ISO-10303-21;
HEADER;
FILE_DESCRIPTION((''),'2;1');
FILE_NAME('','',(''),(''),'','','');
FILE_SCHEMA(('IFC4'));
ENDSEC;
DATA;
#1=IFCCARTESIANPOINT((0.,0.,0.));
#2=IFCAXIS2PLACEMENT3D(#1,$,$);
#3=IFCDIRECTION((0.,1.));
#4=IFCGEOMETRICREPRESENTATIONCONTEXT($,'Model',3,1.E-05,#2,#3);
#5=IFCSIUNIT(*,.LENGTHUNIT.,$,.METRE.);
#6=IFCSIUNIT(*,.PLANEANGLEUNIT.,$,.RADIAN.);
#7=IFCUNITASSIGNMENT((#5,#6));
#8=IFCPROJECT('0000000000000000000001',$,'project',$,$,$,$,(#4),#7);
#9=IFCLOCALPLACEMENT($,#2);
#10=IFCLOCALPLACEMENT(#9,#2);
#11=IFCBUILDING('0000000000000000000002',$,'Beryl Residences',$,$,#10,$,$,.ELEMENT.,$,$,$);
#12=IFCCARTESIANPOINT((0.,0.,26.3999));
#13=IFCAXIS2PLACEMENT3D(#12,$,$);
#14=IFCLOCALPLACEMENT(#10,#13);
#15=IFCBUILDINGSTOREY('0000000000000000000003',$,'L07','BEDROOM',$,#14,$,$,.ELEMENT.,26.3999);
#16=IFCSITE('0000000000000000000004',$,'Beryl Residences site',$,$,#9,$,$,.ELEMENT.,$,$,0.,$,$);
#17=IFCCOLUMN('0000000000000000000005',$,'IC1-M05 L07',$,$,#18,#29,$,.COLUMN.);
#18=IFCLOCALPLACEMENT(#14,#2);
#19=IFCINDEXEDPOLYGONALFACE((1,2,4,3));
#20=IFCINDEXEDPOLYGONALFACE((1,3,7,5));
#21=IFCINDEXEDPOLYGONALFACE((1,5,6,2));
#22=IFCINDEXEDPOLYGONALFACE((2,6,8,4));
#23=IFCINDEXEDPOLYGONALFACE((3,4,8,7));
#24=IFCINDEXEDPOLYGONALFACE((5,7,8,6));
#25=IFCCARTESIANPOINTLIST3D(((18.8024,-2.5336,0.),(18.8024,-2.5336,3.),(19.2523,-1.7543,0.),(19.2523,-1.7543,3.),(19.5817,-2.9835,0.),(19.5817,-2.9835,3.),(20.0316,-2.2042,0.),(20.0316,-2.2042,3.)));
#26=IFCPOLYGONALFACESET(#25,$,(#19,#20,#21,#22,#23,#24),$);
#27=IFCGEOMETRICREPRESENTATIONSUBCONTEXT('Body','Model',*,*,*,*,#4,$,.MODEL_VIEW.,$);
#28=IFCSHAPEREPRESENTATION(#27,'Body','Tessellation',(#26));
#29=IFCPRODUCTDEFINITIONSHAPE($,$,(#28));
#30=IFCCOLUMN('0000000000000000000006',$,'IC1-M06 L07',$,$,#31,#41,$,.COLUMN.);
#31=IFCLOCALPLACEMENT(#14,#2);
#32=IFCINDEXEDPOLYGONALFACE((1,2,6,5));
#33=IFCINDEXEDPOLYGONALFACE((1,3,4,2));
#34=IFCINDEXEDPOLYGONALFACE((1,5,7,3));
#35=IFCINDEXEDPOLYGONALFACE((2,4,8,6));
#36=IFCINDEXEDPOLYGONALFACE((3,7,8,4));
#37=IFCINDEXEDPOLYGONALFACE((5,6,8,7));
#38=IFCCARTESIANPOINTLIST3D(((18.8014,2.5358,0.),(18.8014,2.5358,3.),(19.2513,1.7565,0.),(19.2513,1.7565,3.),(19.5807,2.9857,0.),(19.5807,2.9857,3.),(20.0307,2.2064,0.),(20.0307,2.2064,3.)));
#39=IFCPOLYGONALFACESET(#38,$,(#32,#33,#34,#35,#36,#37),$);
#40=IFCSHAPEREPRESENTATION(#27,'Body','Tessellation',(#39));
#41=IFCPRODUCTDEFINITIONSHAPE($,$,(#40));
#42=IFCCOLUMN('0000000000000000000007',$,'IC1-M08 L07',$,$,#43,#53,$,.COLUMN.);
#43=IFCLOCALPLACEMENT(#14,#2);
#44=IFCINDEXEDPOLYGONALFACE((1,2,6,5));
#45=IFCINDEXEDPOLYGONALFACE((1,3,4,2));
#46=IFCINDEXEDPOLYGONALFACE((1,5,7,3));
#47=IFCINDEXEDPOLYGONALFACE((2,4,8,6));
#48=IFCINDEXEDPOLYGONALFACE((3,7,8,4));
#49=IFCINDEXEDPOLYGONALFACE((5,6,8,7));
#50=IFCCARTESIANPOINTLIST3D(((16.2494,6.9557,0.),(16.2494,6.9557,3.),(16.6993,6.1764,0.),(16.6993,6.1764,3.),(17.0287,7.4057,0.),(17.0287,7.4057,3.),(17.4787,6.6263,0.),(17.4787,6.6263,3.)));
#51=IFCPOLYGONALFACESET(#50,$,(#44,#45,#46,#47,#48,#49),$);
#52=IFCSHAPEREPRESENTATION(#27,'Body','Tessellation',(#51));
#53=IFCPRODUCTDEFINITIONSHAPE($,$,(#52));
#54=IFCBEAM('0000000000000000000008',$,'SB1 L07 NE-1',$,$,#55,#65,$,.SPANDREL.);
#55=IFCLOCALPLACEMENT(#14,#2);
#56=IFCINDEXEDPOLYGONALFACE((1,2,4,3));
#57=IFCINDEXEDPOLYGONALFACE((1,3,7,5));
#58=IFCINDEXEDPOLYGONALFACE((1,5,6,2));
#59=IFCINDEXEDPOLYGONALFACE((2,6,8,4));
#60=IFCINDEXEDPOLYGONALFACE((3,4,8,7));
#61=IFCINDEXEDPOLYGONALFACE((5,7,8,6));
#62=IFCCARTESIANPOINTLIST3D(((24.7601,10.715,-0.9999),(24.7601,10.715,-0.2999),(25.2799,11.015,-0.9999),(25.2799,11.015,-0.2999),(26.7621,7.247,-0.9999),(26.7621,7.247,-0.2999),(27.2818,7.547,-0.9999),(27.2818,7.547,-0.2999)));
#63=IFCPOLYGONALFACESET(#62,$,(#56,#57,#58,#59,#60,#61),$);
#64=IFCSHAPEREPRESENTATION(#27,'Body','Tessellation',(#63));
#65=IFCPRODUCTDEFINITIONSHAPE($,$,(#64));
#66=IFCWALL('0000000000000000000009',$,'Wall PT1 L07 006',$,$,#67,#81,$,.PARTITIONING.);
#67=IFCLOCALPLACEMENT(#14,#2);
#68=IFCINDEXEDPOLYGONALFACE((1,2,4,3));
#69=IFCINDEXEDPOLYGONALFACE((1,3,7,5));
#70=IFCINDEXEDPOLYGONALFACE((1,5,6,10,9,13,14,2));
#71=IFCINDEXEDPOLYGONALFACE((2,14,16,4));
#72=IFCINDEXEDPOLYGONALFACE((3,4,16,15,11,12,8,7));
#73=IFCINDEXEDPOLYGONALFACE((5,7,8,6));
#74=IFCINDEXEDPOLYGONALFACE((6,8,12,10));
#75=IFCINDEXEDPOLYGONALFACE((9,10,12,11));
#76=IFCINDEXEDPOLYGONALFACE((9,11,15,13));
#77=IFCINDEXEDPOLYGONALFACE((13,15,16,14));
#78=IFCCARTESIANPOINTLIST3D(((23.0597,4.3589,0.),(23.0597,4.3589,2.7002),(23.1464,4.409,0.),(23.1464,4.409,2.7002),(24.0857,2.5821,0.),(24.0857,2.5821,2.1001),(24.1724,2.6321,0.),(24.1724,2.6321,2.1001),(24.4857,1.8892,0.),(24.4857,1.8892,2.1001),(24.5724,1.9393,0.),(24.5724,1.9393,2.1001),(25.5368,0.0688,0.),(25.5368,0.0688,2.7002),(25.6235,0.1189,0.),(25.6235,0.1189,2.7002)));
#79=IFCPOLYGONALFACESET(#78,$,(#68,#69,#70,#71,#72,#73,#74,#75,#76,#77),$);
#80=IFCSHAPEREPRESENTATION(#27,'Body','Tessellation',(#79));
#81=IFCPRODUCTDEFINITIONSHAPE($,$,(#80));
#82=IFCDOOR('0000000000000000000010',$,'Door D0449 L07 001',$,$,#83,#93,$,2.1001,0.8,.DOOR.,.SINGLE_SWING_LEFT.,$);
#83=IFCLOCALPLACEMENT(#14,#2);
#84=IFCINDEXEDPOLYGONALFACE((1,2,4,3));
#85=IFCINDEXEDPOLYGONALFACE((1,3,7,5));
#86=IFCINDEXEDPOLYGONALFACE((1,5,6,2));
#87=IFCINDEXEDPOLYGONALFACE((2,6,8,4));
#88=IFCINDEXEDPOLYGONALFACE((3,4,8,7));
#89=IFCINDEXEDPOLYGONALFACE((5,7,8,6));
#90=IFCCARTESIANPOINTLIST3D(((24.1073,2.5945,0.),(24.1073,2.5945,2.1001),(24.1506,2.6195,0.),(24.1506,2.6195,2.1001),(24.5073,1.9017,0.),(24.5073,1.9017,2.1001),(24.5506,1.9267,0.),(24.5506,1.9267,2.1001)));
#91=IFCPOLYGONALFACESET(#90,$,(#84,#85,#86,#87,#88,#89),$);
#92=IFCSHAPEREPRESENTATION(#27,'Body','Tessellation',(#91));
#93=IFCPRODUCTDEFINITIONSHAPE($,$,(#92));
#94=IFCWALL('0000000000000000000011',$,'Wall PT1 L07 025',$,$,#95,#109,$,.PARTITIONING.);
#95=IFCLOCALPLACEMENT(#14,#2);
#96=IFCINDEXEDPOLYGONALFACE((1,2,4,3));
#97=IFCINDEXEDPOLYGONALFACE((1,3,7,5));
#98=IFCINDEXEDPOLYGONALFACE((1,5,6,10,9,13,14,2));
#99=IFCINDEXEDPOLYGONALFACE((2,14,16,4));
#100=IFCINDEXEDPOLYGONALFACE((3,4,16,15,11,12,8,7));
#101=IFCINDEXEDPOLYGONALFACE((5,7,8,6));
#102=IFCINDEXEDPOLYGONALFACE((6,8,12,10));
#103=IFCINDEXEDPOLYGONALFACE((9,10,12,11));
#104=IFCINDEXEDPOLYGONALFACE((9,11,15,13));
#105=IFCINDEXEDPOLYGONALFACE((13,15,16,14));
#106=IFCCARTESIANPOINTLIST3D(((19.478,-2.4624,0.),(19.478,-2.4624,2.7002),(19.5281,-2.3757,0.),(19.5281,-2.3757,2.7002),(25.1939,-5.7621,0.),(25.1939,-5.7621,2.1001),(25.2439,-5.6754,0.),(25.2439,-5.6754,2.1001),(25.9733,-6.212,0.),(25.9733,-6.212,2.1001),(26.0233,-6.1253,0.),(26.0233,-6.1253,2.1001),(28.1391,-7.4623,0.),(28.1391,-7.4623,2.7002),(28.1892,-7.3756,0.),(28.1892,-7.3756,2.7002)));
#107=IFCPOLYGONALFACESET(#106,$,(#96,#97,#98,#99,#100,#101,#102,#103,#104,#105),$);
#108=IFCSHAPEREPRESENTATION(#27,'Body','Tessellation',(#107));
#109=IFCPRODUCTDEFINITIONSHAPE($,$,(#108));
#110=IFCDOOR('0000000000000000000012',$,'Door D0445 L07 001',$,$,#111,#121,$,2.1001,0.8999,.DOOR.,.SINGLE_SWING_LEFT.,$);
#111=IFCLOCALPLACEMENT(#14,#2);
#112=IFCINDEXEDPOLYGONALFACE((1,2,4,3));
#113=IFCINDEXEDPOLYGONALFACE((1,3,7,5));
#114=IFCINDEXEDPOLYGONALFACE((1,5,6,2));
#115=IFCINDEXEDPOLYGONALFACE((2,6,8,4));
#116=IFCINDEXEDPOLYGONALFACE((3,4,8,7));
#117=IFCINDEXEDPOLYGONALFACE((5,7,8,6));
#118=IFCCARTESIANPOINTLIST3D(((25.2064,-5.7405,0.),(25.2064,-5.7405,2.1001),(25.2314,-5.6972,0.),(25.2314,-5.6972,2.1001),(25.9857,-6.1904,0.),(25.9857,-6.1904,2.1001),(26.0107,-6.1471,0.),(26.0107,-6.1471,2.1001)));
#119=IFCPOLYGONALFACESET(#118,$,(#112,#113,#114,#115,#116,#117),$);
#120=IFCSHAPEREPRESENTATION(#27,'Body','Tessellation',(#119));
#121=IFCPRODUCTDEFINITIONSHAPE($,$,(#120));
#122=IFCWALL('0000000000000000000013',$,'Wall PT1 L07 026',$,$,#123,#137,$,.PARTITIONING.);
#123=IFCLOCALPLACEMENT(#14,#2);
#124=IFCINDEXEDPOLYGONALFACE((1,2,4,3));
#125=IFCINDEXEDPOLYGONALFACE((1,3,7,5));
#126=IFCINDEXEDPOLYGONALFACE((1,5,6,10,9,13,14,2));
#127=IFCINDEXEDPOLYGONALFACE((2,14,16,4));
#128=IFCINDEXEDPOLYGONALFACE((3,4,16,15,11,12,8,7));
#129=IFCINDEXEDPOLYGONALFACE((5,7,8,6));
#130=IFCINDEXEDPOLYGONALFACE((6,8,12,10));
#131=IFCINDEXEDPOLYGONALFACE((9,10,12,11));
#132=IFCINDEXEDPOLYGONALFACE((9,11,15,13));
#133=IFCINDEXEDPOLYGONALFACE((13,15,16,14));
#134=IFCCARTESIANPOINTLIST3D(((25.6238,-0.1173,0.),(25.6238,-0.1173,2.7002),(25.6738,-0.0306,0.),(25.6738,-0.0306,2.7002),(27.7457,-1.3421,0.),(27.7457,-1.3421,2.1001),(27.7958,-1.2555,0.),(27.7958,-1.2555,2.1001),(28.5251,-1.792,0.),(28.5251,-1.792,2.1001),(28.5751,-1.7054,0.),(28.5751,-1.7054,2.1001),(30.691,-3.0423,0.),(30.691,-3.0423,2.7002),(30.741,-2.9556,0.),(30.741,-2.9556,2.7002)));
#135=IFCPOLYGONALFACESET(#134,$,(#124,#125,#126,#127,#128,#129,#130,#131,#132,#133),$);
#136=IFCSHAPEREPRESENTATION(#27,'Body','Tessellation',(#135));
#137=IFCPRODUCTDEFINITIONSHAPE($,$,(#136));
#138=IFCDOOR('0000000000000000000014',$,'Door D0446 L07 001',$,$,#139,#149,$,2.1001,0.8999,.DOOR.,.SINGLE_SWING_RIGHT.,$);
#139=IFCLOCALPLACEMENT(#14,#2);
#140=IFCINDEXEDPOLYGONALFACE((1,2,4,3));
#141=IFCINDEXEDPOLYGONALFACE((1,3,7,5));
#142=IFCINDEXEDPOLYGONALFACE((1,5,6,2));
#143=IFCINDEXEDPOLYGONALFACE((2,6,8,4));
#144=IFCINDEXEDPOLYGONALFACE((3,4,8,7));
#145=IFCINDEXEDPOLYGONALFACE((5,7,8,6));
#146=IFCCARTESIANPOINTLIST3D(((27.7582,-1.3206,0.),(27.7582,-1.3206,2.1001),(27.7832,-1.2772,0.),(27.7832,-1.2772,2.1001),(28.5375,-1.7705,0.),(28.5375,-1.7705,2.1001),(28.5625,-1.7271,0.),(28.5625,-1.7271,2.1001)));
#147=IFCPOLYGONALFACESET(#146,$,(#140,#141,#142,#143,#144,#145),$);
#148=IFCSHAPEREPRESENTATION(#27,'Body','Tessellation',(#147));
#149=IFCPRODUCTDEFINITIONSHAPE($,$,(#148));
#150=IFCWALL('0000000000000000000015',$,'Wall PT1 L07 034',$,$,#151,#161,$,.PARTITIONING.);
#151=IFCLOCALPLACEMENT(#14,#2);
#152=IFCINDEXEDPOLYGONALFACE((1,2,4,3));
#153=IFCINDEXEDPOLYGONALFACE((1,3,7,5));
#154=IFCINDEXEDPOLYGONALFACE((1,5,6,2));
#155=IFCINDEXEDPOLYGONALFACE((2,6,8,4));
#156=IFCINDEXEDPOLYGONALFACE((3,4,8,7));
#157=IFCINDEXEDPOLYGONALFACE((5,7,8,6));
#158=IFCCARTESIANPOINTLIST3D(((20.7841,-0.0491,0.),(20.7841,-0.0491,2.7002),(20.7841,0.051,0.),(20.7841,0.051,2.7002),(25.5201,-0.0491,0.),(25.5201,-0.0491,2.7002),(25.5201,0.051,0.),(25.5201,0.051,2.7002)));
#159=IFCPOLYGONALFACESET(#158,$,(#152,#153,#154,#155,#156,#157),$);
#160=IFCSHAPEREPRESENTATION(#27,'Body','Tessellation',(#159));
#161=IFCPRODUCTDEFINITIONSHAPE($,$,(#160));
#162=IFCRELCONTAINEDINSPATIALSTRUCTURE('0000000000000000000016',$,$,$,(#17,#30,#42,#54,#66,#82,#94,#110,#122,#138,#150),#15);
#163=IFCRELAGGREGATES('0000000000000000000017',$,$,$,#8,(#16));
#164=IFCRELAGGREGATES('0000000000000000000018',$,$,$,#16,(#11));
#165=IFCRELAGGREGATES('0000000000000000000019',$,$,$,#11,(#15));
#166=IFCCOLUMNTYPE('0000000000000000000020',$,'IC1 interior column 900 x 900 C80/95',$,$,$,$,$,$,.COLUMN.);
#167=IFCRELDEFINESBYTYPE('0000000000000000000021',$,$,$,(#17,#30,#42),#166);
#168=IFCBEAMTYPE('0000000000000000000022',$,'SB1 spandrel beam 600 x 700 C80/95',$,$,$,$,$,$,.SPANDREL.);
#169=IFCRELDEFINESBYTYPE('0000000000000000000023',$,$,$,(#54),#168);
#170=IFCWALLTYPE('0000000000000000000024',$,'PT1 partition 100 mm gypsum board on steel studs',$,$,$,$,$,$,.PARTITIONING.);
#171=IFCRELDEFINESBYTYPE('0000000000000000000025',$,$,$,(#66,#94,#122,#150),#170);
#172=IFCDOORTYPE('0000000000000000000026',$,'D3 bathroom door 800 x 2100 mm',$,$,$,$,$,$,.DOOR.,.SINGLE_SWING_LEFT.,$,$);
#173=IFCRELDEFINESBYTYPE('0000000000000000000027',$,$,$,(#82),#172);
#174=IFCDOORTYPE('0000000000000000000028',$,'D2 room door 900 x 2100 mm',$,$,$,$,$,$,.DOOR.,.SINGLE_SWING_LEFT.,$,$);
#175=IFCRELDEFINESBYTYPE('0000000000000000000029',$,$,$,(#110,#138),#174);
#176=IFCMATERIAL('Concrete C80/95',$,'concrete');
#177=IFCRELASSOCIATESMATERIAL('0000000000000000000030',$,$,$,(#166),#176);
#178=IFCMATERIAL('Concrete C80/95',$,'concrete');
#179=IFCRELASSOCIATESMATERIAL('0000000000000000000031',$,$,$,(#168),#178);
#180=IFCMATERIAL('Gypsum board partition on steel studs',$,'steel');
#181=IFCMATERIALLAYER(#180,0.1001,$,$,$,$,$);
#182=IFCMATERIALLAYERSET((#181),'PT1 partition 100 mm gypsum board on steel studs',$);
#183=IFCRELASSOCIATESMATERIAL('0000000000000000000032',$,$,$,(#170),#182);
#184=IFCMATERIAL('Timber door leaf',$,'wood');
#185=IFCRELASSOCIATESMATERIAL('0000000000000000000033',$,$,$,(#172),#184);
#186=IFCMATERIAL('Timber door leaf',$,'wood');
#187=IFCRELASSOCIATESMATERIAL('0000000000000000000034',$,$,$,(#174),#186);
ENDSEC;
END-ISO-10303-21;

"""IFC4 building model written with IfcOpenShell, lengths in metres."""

from ifc_helpers import new_model, si_unit, direction, frame, frame_2d, origin, origin_2d, place, context, subcontext, project, spatial, rectangle, extrude, material, layer, layer_set, material_profile, profile_set, type_object, element, fill, save


model = new_model("IFC4")

# Units and contexts
model_context = context("Model", 3, precision=1e-05, world=origin(), true_north=direction((0.0, 1.0)))
body_context = subcontext(model_context, "Body", "Model", "MODEL_VIEW")
ifc_project = project(units=[si_unit("LENGTHUNIT", "METRE"), si_unit("PLANEANGLEUNIT", "RADIAN")], contexts=[model_context])

# Site, building, storey
site_placement = place(None, origin())
site = spatial("IfcSite", under=ifc_project, at=site_placement, Name="Beryl Residences site", CompositionType="ELEMENT", RefElevation=0.0)
building_placement = place(site_placement, origin())
building = spatial("IfcBuilding", under=site, at=building_placement, Name="Beryl Residences", CompositionType="ELEMENT")
storey_placement = place(building_placement, frame((0.0, 0.0, 26.3999)))
storey = spatial("IfcBuildingStorey", under=building, at=storey_placement, Name="L07", Description="BEDROOM", CompositionType="ELEMENT", Elevation=26.3999)

# Columns
ifc_material_1 = material(Name="Concrete C80/95", Category="concrete")
ifc_material_profile_1 = material_profile(ifc_material_1, rectangle(XDim=0.8999, YDim=0.8999, at=origin_2d()))
ifc_profile_set_1 = profile_set([ifc_material_profile_1], Name="Concrete C80/95")
column_type = type_object("IfcColumnType", Name="IC1 interior column 900 x 900 C80/95", PredefinedType="COLUMN", material=ifc_profile_set_1)
for number, where, z_axis, x_axis, name in (
    (1, (19.417, -2.3689, 0.0), (0.0, 0.0, 1.0), (0.499985, 0.866034, 0.0), "IC1-M05 L07"),
    (2, (19.416, 2.3711, 0.0), (0.0, 0.0, 1.0), (-0.499985, 0.866034, 0.0), "IC1-M06 L07"),
    (3, (16.864, 6.791, 0.0), (0.0, 0.0, 1.0), (-0.499985, 0.866034, 0.0), "IC1-M08 L07"),
):
    element("IfcColumn", number, at=place(storey_placement, frame(where, z_axis=z_axis, x_axis=x_axis)), inside=storey, type_object=column_type, Name=name, PredefinedType="COLUMN", context=body_context, shape_type="SweptSolid", body=[
        extrude(rectangle(XDim=0.8999, YDim=0.8999, at=origin_2d()), origin(), (0.0, 0.0, 1.0), 3.0),
    ])

# Beam
ifc_material_2 = material(Name="Concrete C80/95", Category="concrete")
ifc_material_profile_2 = material_profile(ifc_material_2, rectangle(XDim=0.6001, YDim=0.7, at=origin_2d()))
ifc_profile_set_2 = profile_set([ifc_material_profile_2], Name="Concrete C80/95")
beam_type = type_object("IfcBeamType", Name="SB1 spandrel beam 600 x 700 C80/95", PredefinedType="SPANDREL", material=ifc_profile_set_2)
beam_placement = place(storey_placement, frame((27.022, 7.397, -0.6499), z_axis=(-0.499942, 0.866059, 0.0), x_axis=(-0.866059, -0.499942, 0.0)))
element("IfcBeam", 4, at=beam_placement, inside=storey, type_object=beam_type, Name="SB1 L07 NE-1", PredefinedType="SPANDREL", context=body_context, shape_type="SweptSolid", body=[
    extrude(rectangle(XDim=0.6001, YDim=0.7, at=origin_2d()), origin(), (0.0, 0.0, 1.0), 4.0044),
])

# Walls, openings, doors
ifc_material_3 = material(Name="Gypsum board partition on steel studs", Category="steel")
ifc_layer_1 = layer(ifc_material_3, 0.1001)
ifc_layer_set_1 = layer_set([ifc_layer_1], Name="PT1 partition 100 mm gypsum board on steel studs")
wall_type_1 = type_object("IfcWallType", Name="PT1 partition 100 mm gypsum board on steel studs", PredefinedType="PARTITIONING", material=ifc_layer_set_1)
wall_1_placement = place(storey_placement, frame((23.103, 4.384, 0.0), z_axis=(0.0, 0.0, 1.0), x_axis=(0.50003, -0.866008, 0.0)))
wall_1 = element("IfcWall", 5, at=wall_1_placement, inside=storey, type_object=wall_type_1, Name="Wall PT1 L07 006", PredefinedType="PARTITIONING", context=body_context, shape_type="SweptSolid", body=[
    extrude(rectangle(XDim=4.9539, YDim=0.1001, at=frame_2d((2.4771, 0.0))), origin(), (0.0, 0.0, 1.0), 2.7002),
])
opening_1_placement = place(wall_1_placement, frame((2.052, 0.0, 0.0)))
opening_1 = element("IfcOpeningElement", 6, at=opening_1_placement, cuts=wall_1, PredefinedType="OPENING", context=body_context, shape_type="SweptSolid", body=[
    extrude(rectangle(XDim=0.8, YDim=2.1001, at=frame_2d((0.3999, 1.05))), frame((0.0, 0.0601, 0.0), z_axis=(0.0, -1.0, 0.0), x_axis=(1.0, 0.0, 0.0)), (0.0, 0.0, 1.0), 0.1201),
])
ifc_material_4 = material(Name="Timber door leaf", Category="wood")
door_type_1 = type_object("IfcDoorType", Name="D3 bathroom door 800 x 2100 mm", OperationType="SINGLE_SWING_LEFT", PredefinedType="DOOR", material=ifc_material_4)
door_1_placement = place(opening_1_placement, origin())
door_1 = element("IfcDoor", 7, at=door_1_placement, inside=storey, type_object=door_type_1, Name="Door D0449 L07 001", OperationType="SINGLE_SWING_LEFT", OverallHeight=2.1001, OverallWidth=0.8, PredefinedType="DOOR", context=body_context, shape_type="SweptSolid", body=[
    extrude(rectangle(XDim=0.8, YDim=2.1001, at=frame_2d((0.3999, 1.05))), frame((0.0, 0.0249, 0.0), z_axis=(0.0, -1.0, 0.0), x_axis=(1.0, 0.0, 0.0)), (0.0, 0.0, 1.0), 0.05),
])
fill(opening_1, door_1)
wall_2_placement = place(storey_placement, frame((19.5029, -2.4189, 0.0), z_axis=(0.0, 0.0, 1.0), x_axis=(0.866047, -0.499962, 0.0)))
wall_2 = element("IfcWall", 8, at=wall_2_placement, inside=storey, type_object=wall_type_1, Name="Wall PT1 L07 025", PredefinedType="PARTITIONING", context=body_context, shape_type="SweptSolid", body=[
    extrude(rectangle(XDim=10.0007, YDim=0.1001, at=frame_2d((5.0005, 0.0))), origin(), (0.0, 0.0, 1.0), 2.7002),
])
opening_2_placement = place(wall_2_placement, frame((6.6001, 0.0, 0.0)))
opening_2 = element("IfcOpeningElement", 9, at=opening_2_placement, cuts=wall_2, PredefinedType="OPENING", context=body_context, shape_type="SweptSolid", body=[
    extrude(rectangle(XDim=0.8999, YDim=2.1001, at=frame_2d((0.45, 1.05))), frame((0.0, 0.0601, 0.0), z_axis=(0.0, -1.0, 0.0), x_axis=(1.0, 0.0, 0.0)), (0.0, 0.0, 1.0), 0.1201),
])
ifc_material_5 = material(Name="Timber door leaf", Category="wood")
door_type_2 = type_object("IfcDoorType", Name="D2 room door 900 x 2100 mm", OperationType="SINGLE_SWING_LEFT", PredefinedType="DOOR", material=ifc_material_5)
door_2_placement = place(opening_2_placement, origin())
door_2 = element("IfcDoor", 10, at=door_2_placement, inside=storey, type_object=door_type_2, Name="Door D0445 L07 001", OperationType="SINGLE_SWING_LEFT", OverallHeight=2.1001, OverallWidth=0.8999, PredefinedType="DOOR", context=body_context, shape_type="SweptSolid", body=[
    extrude(rectangle(XDim=0.8999, YDim=2.1001, at=frame_2d((0.45, 1.05))), frame((0.0, 0.0249, 0.0), z_axis=(0.0, -1.0, 0.0), x_axis=(1.0, 0.0, 0.0)), (0.0, 0.0, 1.0), 0.05),
])
fill(opening_2, door_2)
wall_3_placement = place(storey_placement, frame((25.6489, -0.074, 0.0), z_axis=(0.0, 0.0, 1.0), x_axis=(0.86606, -0.49994, 0.0)))
wall_3 = element("IfcWall", 11, at=wall_3_placement, inside=storey, type_object=wall_type_1, Name="Wall PT1 L07 026", PredefinedType="PARTITIONING", context=body_context, shape_type="SweptSolid", body=[
    extrude(rectangle(XDim=5.8508, YDim=0.1001, at=frame_2d((2.9253, 0.0))), origin(), (0.0, 0.0, 1.0), 2.7002),
])
opening_3_placement = place(wall_3_placement, frame((2.45, 0.0, 0.0)))
opening_3 = element("IfcOpeningElement", 12, at=opening_3_placement, cuts=wall_3, PredefinedType="OPENING", context=body_context, shape_type="SweptSolid", body=[
    extrude(rectangle(XDim=0.8999, YDim=2.1001, at=frame_2d((0.45, 1.05))), frame((0.0, 0.0601, 0.0), z_axis=(0.0, -1.0, 0.0), x_axis=(1.0, 0.0, 0.0)), (0.0, 0.0, 1.0), 0.1201),
])
door_3_placement = place(opening_3_placement, origin())
door_3 = element("IfcDoor", 13, at=door_3_placement, inside=storey, type_object=door_type_2, Name="Door D0446 L07 001", OperationType="SINGLE_SWING_RIGHT", OverallHeight=2.1001, OverallWidth=0.8999, PredefinedType="DOOR", context=body_context, shape_type="SweptSolid", body=[
    extrude(rectangle(XDim=0.8999, YDim=2.1001, at=frame_2d((0.45, 1.05))), frame((0.0, 0.0249, 0.0), z_axis=(0.0, -1.0, 0.0), x_axis=(1.0, 0.0, 0.0)), (0.0, 0.0, 1.0), 0.05),
])
fill(opening_3, door_3)

# Wall
wall_4_placement = place(storey_placement, frame((20.7839, 0.001, 0.0), z_axis=(0.0, 0.0, 1.0), x_axis=(1.0, 0.0, 0.0)))
element("IfcWall", 14, at=wall_4_placement, inside=storey, type_object=wall_type_1, Name="Wall PT1 L07 034", PredefinedType="PARTITIONING", context=body_context, shape_type="SweptSolid", body=[
    extrude(rectangle(XDim=4.7361, YDim=0.1001, at=frame_2d((2.3682, 0.0))), origin(), (0.0, 0.0, 1.0), 2.7002),
])

save(model, "model.ifc")
